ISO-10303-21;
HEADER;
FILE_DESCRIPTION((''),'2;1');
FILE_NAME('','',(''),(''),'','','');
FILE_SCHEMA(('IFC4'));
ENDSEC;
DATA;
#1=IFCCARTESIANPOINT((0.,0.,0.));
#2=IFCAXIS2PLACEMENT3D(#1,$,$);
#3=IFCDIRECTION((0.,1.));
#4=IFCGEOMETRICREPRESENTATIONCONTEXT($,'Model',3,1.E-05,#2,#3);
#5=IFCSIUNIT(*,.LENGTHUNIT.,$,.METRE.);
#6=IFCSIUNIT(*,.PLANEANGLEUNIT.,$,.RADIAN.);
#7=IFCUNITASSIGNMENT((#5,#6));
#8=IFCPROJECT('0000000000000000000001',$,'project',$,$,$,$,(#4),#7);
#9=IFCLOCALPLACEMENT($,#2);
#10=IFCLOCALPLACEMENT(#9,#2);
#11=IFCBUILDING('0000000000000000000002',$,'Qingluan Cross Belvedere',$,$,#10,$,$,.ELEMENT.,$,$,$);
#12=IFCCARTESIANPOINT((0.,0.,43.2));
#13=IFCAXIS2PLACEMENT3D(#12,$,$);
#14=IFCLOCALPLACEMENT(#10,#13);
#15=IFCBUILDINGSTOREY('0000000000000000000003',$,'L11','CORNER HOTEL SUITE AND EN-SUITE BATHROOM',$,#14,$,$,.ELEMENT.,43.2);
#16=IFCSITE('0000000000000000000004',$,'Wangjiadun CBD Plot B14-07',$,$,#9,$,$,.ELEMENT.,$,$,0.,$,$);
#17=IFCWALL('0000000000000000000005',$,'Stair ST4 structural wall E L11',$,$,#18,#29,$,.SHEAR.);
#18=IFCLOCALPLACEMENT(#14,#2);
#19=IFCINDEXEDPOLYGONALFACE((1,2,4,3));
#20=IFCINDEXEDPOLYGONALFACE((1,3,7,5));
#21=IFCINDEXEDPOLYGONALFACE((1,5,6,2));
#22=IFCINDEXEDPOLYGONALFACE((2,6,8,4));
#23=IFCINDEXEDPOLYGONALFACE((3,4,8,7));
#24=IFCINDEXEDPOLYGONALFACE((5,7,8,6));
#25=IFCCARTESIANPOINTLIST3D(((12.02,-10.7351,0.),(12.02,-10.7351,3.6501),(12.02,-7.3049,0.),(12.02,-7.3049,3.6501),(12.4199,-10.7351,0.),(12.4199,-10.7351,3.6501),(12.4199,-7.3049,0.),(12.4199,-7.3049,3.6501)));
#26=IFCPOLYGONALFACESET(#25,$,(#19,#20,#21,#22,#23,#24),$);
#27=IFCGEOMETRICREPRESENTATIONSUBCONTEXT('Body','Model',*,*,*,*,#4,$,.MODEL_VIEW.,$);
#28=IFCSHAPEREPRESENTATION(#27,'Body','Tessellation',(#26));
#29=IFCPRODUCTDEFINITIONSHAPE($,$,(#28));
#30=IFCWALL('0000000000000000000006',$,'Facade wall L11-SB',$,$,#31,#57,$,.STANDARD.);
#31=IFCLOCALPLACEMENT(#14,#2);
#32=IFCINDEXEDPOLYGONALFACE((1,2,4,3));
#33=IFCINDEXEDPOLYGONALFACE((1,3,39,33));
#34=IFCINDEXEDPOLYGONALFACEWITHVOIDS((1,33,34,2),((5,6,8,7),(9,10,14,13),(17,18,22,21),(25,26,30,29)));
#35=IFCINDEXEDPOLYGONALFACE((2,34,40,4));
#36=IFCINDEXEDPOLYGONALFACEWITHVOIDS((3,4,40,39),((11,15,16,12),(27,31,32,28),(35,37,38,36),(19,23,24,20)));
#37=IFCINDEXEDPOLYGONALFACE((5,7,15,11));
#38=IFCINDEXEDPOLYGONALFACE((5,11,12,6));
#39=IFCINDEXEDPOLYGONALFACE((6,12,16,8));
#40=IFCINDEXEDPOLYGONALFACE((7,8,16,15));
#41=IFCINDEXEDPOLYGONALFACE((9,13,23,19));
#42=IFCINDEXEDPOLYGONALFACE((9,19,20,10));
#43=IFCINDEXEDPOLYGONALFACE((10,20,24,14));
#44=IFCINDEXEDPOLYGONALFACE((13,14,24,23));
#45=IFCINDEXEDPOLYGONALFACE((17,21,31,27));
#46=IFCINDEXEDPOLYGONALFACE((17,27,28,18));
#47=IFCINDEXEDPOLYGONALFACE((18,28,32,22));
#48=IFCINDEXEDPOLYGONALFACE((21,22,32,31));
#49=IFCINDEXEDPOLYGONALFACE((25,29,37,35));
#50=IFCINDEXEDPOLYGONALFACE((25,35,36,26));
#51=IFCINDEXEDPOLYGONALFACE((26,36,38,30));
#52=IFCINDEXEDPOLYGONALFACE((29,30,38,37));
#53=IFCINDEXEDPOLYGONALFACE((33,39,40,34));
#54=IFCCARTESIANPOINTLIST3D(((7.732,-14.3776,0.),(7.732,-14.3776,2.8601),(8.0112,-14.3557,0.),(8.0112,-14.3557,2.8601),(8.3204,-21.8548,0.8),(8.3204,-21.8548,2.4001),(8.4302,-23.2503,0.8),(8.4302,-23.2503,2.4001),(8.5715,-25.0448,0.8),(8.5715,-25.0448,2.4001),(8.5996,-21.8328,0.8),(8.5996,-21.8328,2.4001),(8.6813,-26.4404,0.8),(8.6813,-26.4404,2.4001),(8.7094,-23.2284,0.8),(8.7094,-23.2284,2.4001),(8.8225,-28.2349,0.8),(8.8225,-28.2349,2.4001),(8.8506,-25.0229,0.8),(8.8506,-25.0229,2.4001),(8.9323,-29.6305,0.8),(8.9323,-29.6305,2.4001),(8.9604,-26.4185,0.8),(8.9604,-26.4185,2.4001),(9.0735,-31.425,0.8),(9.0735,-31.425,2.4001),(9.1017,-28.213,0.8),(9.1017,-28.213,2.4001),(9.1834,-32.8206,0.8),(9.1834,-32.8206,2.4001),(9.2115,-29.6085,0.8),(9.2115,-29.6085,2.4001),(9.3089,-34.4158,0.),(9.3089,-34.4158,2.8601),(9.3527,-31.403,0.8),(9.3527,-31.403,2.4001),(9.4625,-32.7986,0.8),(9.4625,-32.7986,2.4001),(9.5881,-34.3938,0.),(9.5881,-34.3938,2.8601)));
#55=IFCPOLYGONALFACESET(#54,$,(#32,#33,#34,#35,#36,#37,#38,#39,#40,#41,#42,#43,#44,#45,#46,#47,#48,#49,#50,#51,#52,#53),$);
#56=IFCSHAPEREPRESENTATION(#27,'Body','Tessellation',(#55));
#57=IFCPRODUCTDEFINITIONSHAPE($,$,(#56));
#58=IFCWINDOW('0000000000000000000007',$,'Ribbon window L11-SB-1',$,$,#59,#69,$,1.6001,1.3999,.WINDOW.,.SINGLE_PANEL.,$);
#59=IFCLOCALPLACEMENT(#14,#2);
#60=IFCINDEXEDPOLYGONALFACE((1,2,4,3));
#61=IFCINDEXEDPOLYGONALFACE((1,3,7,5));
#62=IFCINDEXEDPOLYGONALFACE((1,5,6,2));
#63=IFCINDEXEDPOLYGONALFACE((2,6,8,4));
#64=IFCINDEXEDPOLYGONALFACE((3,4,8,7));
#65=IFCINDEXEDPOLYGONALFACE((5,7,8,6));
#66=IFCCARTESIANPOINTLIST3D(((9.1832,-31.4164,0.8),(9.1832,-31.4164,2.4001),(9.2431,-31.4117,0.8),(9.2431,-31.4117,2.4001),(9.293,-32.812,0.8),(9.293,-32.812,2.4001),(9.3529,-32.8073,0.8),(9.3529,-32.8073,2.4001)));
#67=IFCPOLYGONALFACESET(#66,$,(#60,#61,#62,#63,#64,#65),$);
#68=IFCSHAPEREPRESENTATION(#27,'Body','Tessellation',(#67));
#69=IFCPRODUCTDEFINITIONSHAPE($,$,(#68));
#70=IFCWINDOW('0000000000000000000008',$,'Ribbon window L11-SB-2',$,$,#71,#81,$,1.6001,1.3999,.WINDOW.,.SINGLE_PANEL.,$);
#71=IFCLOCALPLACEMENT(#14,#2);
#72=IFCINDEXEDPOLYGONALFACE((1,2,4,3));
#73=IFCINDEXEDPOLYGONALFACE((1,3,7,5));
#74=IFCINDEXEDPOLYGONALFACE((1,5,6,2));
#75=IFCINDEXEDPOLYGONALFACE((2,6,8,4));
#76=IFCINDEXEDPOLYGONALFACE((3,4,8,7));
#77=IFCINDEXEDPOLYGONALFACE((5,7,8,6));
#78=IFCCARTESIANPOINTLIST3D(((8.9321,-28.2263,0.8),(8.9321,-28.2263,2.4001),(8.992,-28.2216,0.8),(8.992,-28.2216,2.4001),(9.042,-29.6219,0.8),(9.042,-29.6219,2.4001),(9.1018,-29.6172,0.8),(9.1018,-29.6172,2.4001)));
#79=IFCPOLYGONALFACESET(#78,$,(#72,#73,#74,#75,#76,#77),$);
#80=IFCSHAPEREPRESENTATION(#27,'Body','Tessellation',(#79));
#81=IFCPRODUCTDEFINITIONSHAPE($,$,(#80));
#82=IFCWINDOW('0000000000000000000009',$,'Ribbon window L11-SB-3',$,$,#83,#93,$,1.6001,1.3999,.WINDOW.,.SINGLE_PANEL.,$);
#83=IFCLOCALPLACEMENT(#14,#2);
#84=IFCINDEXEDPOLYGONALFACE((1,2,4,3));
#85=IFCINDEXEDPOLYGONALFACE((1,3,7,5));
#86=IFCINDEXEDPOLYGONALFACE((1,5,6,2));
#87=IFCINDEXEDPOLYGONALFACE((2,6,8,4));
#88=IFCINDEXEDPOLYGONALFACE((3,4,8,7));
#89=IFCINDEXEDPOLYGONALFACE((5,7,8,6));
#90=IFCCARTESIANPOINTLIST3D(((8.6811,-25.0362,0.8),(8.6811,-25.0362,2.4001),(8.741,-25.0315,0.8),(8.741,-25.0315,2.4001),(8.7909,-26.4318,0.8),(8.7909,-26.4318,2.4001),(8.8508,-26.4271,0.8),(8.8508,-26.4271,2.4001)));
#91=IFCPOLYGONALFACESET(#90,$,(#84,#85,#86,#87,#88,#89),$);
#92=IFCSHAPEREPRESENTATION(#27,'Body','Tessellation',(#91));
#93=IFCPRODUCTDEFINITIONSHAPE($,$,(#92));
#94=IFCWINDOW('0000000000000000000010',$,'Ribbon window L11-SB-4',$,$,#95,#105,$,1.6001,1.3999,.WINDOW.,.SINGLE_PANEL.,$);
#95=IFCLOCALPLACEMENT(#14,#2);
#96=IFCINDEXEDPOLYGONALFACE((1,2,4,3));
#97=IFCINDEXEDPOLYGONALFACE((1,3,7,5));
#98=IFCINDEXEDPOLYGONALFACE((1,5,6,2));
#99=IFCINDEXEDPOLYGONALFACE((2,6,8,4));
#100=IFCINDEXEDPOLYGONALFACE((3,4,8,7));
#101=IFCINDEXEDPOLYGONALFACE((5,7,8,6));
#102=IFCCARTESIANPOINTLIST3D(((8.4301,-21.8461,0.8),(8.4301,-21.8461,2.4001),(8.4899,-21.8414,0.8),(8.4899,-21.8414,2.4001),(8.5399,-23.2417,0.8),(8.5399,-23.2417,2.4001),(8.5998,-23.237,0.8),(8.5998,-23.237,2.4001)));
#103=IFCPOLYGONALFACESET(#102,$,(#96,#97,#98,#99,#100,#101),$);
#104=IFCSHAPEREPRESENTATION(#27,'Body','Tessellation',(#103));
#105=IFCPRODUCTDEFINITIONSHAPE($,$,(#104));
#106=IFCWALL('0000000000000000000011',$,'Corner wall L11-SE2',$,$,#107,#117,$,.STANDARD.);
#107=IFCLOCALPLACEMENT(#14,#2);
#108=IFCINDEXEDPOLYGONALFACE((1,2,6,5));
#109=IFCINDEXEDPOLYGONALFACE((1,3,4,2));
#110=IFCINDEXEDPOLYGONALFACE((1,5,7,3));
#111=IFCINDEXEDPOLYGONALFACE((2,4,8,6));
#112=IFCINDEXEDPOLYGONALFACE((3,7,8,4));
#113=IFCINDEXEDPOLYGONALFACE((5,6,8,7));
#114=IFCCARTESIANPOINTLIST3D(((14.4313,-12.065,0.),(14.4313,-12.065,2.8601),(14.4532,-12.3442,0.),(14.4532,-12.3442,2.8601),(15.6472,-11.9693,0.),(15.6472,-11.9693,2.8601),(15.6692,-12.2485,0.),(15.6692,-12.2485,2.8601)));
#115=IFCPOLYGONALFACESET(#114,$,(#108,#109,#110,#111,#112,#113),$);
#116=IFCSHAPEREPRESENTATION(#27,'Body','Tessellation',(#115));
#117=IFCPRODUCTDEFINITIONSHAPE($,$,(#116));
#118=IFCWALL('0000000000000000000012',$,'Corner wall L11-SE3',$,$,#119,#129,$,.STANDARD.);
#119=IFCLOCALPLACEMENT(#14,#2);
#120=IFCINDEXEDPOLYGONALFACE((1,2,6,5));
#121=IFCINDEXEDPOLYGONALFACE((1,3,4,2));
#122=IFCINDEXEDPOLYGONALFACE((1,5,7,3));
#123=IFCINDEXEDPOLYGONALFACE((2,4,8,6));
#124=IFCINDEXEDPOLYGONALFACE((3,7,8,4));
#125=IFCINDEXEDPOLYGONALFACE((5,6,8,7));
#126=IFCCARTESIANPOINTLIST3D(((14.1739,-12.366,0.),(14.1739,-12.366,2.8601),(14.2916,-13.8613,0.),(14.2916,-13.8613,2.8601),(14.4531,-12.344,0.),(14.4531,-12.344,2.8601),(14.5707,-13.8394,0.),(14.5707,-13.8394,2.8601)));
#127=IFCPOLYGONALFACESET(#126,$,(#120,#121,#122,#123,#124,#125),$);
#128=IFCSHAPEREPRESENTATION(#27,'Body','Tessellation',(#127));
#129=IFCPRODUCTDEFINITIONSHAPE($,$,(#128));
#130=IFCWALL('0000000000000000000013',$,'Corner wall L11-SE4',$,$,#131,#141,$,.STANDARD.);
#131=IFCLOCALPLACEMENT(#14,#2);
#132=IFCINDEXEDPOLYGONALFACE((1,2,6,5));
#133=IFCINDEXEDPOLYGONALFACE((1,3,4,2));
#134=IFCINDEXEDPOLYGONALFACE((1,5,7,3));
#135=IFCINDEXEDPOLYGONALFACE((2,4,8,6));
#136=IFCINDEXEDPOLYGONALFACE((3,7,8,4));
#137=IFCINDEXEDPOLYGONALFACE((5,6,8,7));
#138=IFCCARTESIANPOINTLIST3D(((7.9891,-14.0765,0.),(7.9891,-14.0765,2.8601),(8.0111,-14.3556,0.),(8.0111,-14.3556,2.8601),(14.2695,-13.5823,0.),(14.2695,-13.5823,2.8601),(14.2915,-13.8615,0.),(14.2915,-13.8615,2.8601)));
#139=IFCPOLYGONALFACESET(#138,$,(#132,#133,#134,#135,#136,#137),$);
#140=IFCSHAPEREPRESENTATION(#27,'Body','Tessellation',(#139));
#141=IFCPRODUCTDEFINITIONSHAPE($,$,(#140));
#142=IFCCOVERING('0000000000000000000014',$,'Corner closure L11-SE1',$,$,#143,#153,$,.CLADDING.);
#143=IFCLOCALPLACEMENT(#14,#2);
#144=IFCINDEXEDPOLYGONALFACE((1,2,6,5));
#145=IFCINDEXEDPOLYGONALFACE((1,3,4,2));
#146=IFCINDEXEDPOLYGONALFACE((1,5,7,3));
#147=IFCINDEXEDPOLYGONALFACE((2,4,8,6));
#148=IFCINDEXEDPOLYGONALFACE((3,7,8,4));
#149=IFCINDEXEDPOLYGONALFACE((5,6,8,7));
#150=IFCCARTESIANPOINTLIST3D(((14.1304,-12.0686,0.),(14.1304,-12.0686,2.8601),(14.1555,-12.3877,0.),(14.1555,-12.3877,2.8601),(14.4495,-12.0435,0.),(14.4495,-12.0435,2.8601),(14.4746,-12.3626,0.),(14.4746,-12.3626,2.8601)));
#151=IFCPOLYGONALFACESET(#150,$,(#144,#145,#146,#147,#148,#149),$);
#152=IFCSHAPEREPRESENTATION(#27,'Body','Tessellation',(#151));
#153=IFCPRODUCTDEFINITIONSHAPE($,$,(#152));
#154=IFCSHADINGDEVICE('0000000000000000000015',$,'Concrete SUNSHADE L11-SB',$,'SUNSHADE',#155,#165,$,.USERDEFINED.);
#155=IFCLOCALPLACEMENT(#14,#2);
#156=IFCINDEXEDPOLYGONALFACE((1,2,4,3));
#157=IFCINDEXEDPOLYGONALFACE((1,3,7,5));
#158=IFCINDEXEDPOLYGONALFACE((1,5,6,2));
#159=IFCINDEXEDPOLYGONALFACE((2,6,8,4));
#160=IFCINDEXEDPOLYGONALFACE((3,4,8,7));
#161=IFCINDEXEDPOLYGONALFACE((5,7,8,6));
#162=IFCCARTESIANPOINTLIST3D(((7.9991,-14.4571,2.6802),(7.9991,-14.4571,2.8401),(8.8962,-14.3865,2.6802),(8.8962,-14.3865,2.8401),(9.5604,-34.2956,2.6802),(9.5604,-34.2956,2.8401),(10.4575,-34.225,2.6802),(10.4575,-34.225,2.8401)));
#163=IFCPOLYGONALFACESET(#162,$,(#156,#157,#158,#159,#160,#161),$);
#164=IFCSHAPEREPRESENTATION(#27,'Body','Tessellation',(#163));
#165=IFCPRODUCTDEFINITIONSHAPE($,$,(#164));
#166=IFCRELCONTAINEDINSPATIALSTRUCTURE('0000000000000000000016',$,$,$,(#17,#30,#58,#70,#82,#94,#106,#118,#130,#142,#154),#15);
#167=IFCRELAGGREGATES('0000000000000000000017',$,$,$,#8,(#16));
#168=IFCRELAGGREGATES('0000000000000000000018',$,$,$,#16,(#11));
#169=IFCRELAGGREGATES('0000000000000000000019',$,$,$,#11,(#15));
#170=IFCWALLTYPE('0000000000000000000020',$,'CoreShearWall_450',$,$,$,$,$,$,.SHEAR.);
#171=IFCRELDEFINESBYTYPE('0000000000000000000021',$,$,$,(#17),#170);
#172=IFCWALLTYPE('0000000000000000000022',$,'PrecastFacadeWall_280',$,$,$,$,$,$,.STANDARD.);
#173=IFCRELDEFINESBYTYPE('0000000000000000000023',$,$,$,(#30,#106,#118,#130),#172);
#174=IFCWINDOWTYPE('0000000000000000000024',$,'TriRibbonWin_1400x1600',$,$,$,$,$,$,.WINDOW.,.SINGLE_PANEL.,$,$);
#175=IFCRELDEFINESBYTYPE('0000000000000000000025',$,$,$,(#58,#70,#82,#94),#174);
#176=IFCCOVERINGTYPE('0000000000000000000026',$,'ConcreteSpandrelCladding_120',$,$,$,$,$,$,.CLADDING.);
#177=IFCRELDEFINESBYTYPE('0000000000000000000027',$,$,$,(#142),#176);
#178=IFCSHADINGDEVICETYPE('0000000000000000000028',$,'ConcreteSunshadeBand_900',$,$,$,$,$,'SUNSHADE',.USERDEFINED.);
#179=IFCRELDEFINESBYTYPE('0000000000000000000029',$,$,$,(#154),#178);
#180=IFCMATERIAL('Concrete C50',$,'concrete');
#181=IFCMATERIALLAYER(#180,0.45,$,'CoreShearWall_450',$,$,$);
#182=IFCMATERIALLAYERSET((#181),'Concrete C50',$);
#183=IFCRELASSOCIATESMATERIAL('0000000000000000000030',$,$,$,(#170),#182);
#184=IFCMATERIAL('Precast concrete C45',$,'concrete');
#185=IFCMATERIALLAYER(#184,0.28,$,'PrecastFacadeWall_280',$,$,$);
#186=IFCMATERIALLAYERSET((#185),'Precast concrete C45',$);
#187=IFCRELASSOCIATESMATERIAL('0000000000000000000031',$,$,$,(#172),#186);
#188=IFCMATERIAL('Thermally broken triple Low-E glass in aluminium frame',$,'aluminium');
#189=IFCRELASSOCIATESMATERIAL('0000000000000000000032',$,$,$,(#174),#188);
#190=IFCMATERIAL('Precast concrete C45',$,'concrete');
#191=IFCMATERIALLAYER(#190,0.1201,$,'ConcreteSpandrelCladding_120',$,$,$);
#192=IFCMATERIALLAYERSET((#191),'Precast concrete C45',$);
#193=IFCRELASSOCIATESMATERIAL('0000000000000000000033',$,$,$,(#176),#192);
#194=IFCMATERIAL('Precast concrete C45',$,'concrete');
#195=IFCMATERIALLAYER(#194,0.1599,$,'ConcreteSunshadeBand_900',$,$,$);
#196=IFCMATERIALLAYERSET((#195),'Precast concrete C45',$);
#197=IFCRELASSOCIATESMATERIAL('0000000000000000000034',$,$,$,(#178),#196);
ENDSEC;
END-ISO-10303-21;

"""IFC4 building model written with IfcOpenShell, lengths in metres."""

from ifc_helpers import new_model, si_unit, direction, frame, frame_2d, origin, origin_2d, place, context, subcontext, project, spatial, rectangle, extrude, material, layer, layer_set, type_object, element, fill, save


model = new_model("IFC4")

# Units and contexts
model_context = context("Model", 3, precision=1e-05, world=origin(), true_north=direction((0.0, 1.0)))
body_context = subcontext(model_context, "Body", "Model", "MODEL_VIEW")
ifc_project = project(units=[si_unit("LENGTHUNIT", "METRE"), si_unit("PLANEANGLEUNIT", "RADIAN")], contexts=[model_context])

# Site, building, storey
site_placement = place(None, origin())
site = spatial("IfcSite", under=ifc_project, at=site_placement, Name="Wangjiadun CBD Plot B14-07", CompositionType="ELEMENT", RefElevation=0.0)
building_placement = place(site_placement, origin())
building = spatial("IfcBuilding", under=site, at=building_placement, Name="Qingluan Cross Belvedere", CompositionType="ELEMENT")
storey_placement = place(building_placement, frame((0.0, 0.0, 43.2)))
storey = spatial("IfcBuildingStorey", under=building, at=storey_placement, Name="L11", Description="CORNER HOTEL SUITE AND EN-SUITE BATHROOM", CompositionType="ELEMENT", Elevation=43.2)

# Wall
ifc_material_1 = material(Name="Concrete C50", Category="concrete")
ifc_layer_1 = layer(ifc_material_1, 0.45, Name="CoreShearWall_450")
ifc_layer_set_1 = layer_set([ifc_layer_1], Name="Concrete C50")
wall_type_1 = type_object("IfcWallType", Name="CoreShearWall_450", PredefinedType="SHEAR", material=ifc_layer_set_1)
wall_1_placement = place(storey_placement, frame((12.22, -10.7351, 0.0), z_axis=(0.0, 0.0, 1.0), x_axis=(0.0, 1.0, 0.0)))
element("IfcWall", 1, at=wall_1_placement, inside=storey, type_object=wall_type_1, Name="Stair ST4 structural wall E L11", PredefinedType="SHEAR", context=body_context, shape_type="SweptSolid", body=[
    extrude(rectangle(XDim=3.4302, YDim=0.3999, at=frame_2d((1.7151, 0.0))), origin(), (0.0, 0.0, 1.0), 3.6501),
])

# Wall, openings, windows
ifc_material_2 = material(Name="Precast concrete C45", Category="concrete")
ifc_layer_2 = layer(ifc_material_2, 0.28, Name="PrecastFacadeWall_280")
ifc_layer_set_2 = layer_set([ifc_layer_2], Name="Precast concrete C45")
wall_type_2 = type_object("IfcWallType", Name="PrecastFacadeWall_280", PredefinedType="STANDARD", material=ifc_layer_set_2)
wall_2_placement = place(storey_placement, frame((9.4485, -34.4048, 0.0), z_axis=(0.0, 0.0, 1.0), x_axis=(-0.078453, 0.996918, 0.0)))
wall_2 = element("IfcWall", 2, at=wall_2_placement, inside=storey, type_object=wall_type_2, Name="Facade wall L11-SB", PredefinedType="STANDARD", context=body_context, shape_type="SweptSolid", body=[
    extrude(rectangle(XDim=20.1001, YDim=0.28, at=frame_2d((10.05, 0.0))), origin(), (0.0, 0.0, 1.0), 2.8601),
])
opening_1_placement = place(wall_2_placement, frame((1.6001, 0.0, 0.8)))
opening_1 = element("IfcOpeningElement", 3, at=opening_1_placement, cuts=wall_2, PredefinedType="OPENING", context=body_context, shape_type="SweptSolid", body=[
    extrude(rectangle(XDim=1.3999, YDim=1.6001, at=frame_2d((0.7, 0.8))), frame((0.0, 0.1499, 0.0), z_axis=(0.0, -1.0, 0.0), x_axis=(1.0, 0.0, 0.0)), (0.0, 0.0, 1.0), 0.3),
])
opening_2_placement = place(wall_2_placement, frame((4.8, 0.0, 0.8)))
opening_2 = element("IfcOpeningElement", 4, at=opening_2_placement, cuts=wall_2, PredefinedType="OPENING", context=body_context, shape_type="SweptSolid", body=[
    extrude(rectangle(XDim=1.3999, YDim=1.6001, at=frame_2d((0.7, 0.8))), frame((0.0, 0.1499, 0.0), z_axis=(0.0, -1.0, 0.0), x_axis=(1.0, 0.0, 0.0)), (0.0, 0.0, 1.0), 0.3),
])
opening_3_placement = place(wall_2_placement, frame((8.0, 0.0, 0.8)))
opening_3 = element("IfcOpeningElement", 5, at=opening_3_placement, cuts=wall_2, PredefinedType="OPENING", context=body_context, shape_type="SweptSolid", body=[
    extrude(rectangle(XDim=1.3999, YDim=1.6001, at=frame_2d((0.7, 0.8))), frame((0.0, 0.1499, 0.0), z_axis=(0.0, -1.0, 0.0), x_axis=(1.0, 0.0, 0.0)), (0.0, 0.0, 1.0), 0.3),
])
opening_4_placement = place(wall_2_placement, frame((11.2, 0.0, 0.8)))
opening_4 = element("IfcOpeningElement", 6, at=opening_4_placement, cuts=wall_2, PredefinedType="OPENING", context=body_context, shape_type="SweptSolid", body=[
    extrude(rectangle(XDim=1.3999, YDim=1.6001, at=frame_2d((0.7, 0.8))), frame((0.0, 0.1499, 0.0), z_axis=(0.0, -1.0, 0.0), x_axis=(1.0, 0.0, 0.0)), (0.0, 0.0, 1.0), 0.3),
])
ifc_material_3 = material(Name="Thermally broken triple Low-E glass in aluminium frame", Category="aluminium")
window_type = type_object("IfcWindowType", Name="TriRibbonWin_1400x1600", PartitioningType="SINGLE_PANEL", PredefinedType="WINDOW", material=ifc_material_3)
window_1_placement = place(opening_1_placement, origin())
window_1 = element("IfcWindow", 7, at=window_1_placement, inside=storey, type_object=window_type, Name="Ribbon window L11-SB-1", OverallHeight=1.6001, OverallWidth=1.3999, PartitioningType="SINGLE_PANEL", PredefinedType="WINDOW", context=body_context, shape_type="SweptSolid", body=[
    extrude(rectangle(XDim=1.3999, YDim=1.6001, at=frame_2d((0.7, 0.8))), frame((0.0, 0.03, 0.0), z_axis=(0.0, -1.0, 0.0), x_axis=(1.0, 0.0, 0.0)), (0.0, 0.0, 1.0), 0.0601),
])
fill(opening_1, window_1)
window_2_placement = place(opening_2_placement, origin())
window_2 = element("IfcWindow", 8, at=window_2_placement, inside=storey, type_object=window_type, Name="Ribbon window L11-SB-2", OverallHeight=1.6001, OverallWidth=1.3999, PartitioningType="SINGLE_PANEL", PredefinedType="WINDOW", context=body_context, shape_type="SweptSolid", body=[
    extrude(rectangle(XDim=1.3999, YDim=1.6001, at=frame_2d((0.7, 0.8))), frame((0.0, 0.03, 0.0), z_axis=(0.0, -1.0, 0.0), x_axis=(1.0, 0.0, 0.0)), (0.0, 0.0, 1.0), 0.0601),
])
fill(opening_2, window_2)
window_3_placement = place(opening_3_placement, origin())
window_3 = element("IfcWindow", 9, at=window_3_placement, inside=storey, type_object=window_type, Name="Ribbon window L11-SB-3", OverallHeight=1.6001, OverallWidth=1.3999, PartitioningType="SINGLE_PANEL", PredefinedType="WINDOW", context=body_context, shape_type="SweptSolid", body=[
    extrude(rectangle(XDim=1.3999, YDim=1.6001, at=frame_2d((0.7, 0.8))), frame((0.0, 0.03, 0.0), z_axis=(0.0, -1.0, 0.0), x_axis=(1.0, 0.0, 0.0)), (0.0, 0.0, 1.0), 0.0601),
])
fill(opening_3, window_3)
window_4_placement = place(opening_4_placement, origin())
window_4 = element("IfcWindow", 10, at=window_4_placement, inside=storey, type_object=window_type, Name="Ribbon window L11-SB-4", OverallHeight=1.6001, OverallWidth=1.3999, PartitioningType="SINGLE_PANEL", PredefinedType="WINDOW", context=body_context, shape_type="SweptSolid", body=[
    extrude(rectangle(XDim=1.3999, YDim=1.6001, at=frame_2d((0.7, 0.8))), frame((0.0, 0.03, 0.0), z_axis=(0.0, -1.0, 0.0), x_axis=(1.0, 0.0, 0.0)), (0.0, 0.0, 1.0), 0.0601),
])
fill(opening_4, window_4)

# Walls
wall_3_placement = place(storey_placement, frame((15.6582, -12.1089, 0.0), z_axis=(0.0, 0.0, 1.0), x_axis=(-0.996918, -0.078456, 0.0)))
element("IfcWall", 11, at=wall_3_placement, inside=storey, type_object=wall_type_2, Name="Corner wall L11-SE2", PredefinedType="STANDARD", context=body_context, shape_type="SweptSolid", body=[
    extrude(rectangle(XDim=1.2197, YDim=0.28, at=frame_2d((0.6099, 0.0))), origin(), (0.0, 0.0, 1.0), 2.8601),
])
wall_4_placement = place(storey_placement, frame((14.3135, -12.355, 0.0), z_axis=(0.0, 0.0, 1.0), x_axis=(0.078451, -0.996918, 0.0)))
element("IfcWall", 12, at=wall_4_placement, inside=storey, type_object=wall_type_2, Name="Corner wall L11-SE3", PredefinedType="STANDARD", context=body_context, shape_type="SweptSolid", body=[
    extrude(rectangle(XDim=1.5, YDim=0.28, at=frame_2d((0.75, 0.0))), origin(), (0.0, 0.0, 1.0), 2.8601),
])
wall_5_placement = place(storey_placement, frame((14.2805, -13.7219, 0.0), z_axis=(0.0, 0.0, 1.0), x_axis=(-0.996919, -0.078436, 0.0)))
element("IfcWall", 13, at=wall_5_placement, inside=storey, type_object=wall_type_2, Name="Corner wall L11-SE4", PredefinedType="STANDARD", context=body_context, shape_type="SweptSolid", body=[
    extrude(rectangle(XDim=6.2998, YDim=0.28, at=frame_2d((3.1499, 0.0))), origin(), (0.0, 0.0, 1.0), 2.8601),
])

# Covering
ifc_material_4 = material(Name="Precast concrete C45", Category="concrete")
ifc_layer_3 = layer(ifc_material_4, 0.1201, Name="ConcreteSpandrelCladding_120")
ifc_layer_set_3 = layer_set([ifc_layer_3], Name="Precast concrete C45")
covering_type = type_object("IfcCoveringType", Name="ConcreteSpandrelCladding_120", PredefinedType="CLADDING", material=ifc_layer_set_3)
covering_placement = place(storey_placement, frame((14.3025, -12.2156, 0.0), z_axis=(0.0, 0.0, 1.0), x_axis=(0.996917, 0.078459, 0.0)))
element("IfcCovering", 14, at=covering_placement, inside=storey, type_object=covering_type, Name="Corner closure L11-SE1", PredefinedType="CLADDING", context=body_context, shape_type="SweptSolid", body=[
    extrude(rectangle(XDim=0.3201, YDim=0.3201, at=origin_2d()), origin(), (0.0, 0.0, 1.0), 2.8601),
])

# Shading device
ifc_material_5 = material(Name="Precast concrete C45", Category="concrete")
ifc_layer_4 = layer(ifc_material_5, 0.1599, Name="ConcreteSunshadeBand_900")
ifc_layer_set_4 = layer_set([ifc_layer_4], Name="Precast concrete C45")
shading_device_type = type_object("IfcShadingDeviceType", Name="ConcreteSunshadeBand_900", ElementType="SUNSHADE", PredefinedType="USERDEFINED", material=ifc_layer_set_4)
shading_device_placement = place(storey_placement, frame((9.2283, -24.3411, 2.6802), z_axis=(0.0, 0.0, 1.0), x_axis=(-0.078458, 0.996917, 0.0)))
element("IfcShadingDevice", 15, at=shading_device_placement, inside=storey, type_object=shading_device_type, Name="Concrete SUNSHADE L11-SB", ObjectType="SUNSHADE", PredefinedType="USERDEFINED", context=body_context, shape_type="SweptSolid", body=[
    extrude(rectangle(XDim=19.8999, YDim=0.8999, at=origin_2d()), origin(), (0.0, 0.0, 1.0), 0.1599),
])

save(model, "model.ifc")
